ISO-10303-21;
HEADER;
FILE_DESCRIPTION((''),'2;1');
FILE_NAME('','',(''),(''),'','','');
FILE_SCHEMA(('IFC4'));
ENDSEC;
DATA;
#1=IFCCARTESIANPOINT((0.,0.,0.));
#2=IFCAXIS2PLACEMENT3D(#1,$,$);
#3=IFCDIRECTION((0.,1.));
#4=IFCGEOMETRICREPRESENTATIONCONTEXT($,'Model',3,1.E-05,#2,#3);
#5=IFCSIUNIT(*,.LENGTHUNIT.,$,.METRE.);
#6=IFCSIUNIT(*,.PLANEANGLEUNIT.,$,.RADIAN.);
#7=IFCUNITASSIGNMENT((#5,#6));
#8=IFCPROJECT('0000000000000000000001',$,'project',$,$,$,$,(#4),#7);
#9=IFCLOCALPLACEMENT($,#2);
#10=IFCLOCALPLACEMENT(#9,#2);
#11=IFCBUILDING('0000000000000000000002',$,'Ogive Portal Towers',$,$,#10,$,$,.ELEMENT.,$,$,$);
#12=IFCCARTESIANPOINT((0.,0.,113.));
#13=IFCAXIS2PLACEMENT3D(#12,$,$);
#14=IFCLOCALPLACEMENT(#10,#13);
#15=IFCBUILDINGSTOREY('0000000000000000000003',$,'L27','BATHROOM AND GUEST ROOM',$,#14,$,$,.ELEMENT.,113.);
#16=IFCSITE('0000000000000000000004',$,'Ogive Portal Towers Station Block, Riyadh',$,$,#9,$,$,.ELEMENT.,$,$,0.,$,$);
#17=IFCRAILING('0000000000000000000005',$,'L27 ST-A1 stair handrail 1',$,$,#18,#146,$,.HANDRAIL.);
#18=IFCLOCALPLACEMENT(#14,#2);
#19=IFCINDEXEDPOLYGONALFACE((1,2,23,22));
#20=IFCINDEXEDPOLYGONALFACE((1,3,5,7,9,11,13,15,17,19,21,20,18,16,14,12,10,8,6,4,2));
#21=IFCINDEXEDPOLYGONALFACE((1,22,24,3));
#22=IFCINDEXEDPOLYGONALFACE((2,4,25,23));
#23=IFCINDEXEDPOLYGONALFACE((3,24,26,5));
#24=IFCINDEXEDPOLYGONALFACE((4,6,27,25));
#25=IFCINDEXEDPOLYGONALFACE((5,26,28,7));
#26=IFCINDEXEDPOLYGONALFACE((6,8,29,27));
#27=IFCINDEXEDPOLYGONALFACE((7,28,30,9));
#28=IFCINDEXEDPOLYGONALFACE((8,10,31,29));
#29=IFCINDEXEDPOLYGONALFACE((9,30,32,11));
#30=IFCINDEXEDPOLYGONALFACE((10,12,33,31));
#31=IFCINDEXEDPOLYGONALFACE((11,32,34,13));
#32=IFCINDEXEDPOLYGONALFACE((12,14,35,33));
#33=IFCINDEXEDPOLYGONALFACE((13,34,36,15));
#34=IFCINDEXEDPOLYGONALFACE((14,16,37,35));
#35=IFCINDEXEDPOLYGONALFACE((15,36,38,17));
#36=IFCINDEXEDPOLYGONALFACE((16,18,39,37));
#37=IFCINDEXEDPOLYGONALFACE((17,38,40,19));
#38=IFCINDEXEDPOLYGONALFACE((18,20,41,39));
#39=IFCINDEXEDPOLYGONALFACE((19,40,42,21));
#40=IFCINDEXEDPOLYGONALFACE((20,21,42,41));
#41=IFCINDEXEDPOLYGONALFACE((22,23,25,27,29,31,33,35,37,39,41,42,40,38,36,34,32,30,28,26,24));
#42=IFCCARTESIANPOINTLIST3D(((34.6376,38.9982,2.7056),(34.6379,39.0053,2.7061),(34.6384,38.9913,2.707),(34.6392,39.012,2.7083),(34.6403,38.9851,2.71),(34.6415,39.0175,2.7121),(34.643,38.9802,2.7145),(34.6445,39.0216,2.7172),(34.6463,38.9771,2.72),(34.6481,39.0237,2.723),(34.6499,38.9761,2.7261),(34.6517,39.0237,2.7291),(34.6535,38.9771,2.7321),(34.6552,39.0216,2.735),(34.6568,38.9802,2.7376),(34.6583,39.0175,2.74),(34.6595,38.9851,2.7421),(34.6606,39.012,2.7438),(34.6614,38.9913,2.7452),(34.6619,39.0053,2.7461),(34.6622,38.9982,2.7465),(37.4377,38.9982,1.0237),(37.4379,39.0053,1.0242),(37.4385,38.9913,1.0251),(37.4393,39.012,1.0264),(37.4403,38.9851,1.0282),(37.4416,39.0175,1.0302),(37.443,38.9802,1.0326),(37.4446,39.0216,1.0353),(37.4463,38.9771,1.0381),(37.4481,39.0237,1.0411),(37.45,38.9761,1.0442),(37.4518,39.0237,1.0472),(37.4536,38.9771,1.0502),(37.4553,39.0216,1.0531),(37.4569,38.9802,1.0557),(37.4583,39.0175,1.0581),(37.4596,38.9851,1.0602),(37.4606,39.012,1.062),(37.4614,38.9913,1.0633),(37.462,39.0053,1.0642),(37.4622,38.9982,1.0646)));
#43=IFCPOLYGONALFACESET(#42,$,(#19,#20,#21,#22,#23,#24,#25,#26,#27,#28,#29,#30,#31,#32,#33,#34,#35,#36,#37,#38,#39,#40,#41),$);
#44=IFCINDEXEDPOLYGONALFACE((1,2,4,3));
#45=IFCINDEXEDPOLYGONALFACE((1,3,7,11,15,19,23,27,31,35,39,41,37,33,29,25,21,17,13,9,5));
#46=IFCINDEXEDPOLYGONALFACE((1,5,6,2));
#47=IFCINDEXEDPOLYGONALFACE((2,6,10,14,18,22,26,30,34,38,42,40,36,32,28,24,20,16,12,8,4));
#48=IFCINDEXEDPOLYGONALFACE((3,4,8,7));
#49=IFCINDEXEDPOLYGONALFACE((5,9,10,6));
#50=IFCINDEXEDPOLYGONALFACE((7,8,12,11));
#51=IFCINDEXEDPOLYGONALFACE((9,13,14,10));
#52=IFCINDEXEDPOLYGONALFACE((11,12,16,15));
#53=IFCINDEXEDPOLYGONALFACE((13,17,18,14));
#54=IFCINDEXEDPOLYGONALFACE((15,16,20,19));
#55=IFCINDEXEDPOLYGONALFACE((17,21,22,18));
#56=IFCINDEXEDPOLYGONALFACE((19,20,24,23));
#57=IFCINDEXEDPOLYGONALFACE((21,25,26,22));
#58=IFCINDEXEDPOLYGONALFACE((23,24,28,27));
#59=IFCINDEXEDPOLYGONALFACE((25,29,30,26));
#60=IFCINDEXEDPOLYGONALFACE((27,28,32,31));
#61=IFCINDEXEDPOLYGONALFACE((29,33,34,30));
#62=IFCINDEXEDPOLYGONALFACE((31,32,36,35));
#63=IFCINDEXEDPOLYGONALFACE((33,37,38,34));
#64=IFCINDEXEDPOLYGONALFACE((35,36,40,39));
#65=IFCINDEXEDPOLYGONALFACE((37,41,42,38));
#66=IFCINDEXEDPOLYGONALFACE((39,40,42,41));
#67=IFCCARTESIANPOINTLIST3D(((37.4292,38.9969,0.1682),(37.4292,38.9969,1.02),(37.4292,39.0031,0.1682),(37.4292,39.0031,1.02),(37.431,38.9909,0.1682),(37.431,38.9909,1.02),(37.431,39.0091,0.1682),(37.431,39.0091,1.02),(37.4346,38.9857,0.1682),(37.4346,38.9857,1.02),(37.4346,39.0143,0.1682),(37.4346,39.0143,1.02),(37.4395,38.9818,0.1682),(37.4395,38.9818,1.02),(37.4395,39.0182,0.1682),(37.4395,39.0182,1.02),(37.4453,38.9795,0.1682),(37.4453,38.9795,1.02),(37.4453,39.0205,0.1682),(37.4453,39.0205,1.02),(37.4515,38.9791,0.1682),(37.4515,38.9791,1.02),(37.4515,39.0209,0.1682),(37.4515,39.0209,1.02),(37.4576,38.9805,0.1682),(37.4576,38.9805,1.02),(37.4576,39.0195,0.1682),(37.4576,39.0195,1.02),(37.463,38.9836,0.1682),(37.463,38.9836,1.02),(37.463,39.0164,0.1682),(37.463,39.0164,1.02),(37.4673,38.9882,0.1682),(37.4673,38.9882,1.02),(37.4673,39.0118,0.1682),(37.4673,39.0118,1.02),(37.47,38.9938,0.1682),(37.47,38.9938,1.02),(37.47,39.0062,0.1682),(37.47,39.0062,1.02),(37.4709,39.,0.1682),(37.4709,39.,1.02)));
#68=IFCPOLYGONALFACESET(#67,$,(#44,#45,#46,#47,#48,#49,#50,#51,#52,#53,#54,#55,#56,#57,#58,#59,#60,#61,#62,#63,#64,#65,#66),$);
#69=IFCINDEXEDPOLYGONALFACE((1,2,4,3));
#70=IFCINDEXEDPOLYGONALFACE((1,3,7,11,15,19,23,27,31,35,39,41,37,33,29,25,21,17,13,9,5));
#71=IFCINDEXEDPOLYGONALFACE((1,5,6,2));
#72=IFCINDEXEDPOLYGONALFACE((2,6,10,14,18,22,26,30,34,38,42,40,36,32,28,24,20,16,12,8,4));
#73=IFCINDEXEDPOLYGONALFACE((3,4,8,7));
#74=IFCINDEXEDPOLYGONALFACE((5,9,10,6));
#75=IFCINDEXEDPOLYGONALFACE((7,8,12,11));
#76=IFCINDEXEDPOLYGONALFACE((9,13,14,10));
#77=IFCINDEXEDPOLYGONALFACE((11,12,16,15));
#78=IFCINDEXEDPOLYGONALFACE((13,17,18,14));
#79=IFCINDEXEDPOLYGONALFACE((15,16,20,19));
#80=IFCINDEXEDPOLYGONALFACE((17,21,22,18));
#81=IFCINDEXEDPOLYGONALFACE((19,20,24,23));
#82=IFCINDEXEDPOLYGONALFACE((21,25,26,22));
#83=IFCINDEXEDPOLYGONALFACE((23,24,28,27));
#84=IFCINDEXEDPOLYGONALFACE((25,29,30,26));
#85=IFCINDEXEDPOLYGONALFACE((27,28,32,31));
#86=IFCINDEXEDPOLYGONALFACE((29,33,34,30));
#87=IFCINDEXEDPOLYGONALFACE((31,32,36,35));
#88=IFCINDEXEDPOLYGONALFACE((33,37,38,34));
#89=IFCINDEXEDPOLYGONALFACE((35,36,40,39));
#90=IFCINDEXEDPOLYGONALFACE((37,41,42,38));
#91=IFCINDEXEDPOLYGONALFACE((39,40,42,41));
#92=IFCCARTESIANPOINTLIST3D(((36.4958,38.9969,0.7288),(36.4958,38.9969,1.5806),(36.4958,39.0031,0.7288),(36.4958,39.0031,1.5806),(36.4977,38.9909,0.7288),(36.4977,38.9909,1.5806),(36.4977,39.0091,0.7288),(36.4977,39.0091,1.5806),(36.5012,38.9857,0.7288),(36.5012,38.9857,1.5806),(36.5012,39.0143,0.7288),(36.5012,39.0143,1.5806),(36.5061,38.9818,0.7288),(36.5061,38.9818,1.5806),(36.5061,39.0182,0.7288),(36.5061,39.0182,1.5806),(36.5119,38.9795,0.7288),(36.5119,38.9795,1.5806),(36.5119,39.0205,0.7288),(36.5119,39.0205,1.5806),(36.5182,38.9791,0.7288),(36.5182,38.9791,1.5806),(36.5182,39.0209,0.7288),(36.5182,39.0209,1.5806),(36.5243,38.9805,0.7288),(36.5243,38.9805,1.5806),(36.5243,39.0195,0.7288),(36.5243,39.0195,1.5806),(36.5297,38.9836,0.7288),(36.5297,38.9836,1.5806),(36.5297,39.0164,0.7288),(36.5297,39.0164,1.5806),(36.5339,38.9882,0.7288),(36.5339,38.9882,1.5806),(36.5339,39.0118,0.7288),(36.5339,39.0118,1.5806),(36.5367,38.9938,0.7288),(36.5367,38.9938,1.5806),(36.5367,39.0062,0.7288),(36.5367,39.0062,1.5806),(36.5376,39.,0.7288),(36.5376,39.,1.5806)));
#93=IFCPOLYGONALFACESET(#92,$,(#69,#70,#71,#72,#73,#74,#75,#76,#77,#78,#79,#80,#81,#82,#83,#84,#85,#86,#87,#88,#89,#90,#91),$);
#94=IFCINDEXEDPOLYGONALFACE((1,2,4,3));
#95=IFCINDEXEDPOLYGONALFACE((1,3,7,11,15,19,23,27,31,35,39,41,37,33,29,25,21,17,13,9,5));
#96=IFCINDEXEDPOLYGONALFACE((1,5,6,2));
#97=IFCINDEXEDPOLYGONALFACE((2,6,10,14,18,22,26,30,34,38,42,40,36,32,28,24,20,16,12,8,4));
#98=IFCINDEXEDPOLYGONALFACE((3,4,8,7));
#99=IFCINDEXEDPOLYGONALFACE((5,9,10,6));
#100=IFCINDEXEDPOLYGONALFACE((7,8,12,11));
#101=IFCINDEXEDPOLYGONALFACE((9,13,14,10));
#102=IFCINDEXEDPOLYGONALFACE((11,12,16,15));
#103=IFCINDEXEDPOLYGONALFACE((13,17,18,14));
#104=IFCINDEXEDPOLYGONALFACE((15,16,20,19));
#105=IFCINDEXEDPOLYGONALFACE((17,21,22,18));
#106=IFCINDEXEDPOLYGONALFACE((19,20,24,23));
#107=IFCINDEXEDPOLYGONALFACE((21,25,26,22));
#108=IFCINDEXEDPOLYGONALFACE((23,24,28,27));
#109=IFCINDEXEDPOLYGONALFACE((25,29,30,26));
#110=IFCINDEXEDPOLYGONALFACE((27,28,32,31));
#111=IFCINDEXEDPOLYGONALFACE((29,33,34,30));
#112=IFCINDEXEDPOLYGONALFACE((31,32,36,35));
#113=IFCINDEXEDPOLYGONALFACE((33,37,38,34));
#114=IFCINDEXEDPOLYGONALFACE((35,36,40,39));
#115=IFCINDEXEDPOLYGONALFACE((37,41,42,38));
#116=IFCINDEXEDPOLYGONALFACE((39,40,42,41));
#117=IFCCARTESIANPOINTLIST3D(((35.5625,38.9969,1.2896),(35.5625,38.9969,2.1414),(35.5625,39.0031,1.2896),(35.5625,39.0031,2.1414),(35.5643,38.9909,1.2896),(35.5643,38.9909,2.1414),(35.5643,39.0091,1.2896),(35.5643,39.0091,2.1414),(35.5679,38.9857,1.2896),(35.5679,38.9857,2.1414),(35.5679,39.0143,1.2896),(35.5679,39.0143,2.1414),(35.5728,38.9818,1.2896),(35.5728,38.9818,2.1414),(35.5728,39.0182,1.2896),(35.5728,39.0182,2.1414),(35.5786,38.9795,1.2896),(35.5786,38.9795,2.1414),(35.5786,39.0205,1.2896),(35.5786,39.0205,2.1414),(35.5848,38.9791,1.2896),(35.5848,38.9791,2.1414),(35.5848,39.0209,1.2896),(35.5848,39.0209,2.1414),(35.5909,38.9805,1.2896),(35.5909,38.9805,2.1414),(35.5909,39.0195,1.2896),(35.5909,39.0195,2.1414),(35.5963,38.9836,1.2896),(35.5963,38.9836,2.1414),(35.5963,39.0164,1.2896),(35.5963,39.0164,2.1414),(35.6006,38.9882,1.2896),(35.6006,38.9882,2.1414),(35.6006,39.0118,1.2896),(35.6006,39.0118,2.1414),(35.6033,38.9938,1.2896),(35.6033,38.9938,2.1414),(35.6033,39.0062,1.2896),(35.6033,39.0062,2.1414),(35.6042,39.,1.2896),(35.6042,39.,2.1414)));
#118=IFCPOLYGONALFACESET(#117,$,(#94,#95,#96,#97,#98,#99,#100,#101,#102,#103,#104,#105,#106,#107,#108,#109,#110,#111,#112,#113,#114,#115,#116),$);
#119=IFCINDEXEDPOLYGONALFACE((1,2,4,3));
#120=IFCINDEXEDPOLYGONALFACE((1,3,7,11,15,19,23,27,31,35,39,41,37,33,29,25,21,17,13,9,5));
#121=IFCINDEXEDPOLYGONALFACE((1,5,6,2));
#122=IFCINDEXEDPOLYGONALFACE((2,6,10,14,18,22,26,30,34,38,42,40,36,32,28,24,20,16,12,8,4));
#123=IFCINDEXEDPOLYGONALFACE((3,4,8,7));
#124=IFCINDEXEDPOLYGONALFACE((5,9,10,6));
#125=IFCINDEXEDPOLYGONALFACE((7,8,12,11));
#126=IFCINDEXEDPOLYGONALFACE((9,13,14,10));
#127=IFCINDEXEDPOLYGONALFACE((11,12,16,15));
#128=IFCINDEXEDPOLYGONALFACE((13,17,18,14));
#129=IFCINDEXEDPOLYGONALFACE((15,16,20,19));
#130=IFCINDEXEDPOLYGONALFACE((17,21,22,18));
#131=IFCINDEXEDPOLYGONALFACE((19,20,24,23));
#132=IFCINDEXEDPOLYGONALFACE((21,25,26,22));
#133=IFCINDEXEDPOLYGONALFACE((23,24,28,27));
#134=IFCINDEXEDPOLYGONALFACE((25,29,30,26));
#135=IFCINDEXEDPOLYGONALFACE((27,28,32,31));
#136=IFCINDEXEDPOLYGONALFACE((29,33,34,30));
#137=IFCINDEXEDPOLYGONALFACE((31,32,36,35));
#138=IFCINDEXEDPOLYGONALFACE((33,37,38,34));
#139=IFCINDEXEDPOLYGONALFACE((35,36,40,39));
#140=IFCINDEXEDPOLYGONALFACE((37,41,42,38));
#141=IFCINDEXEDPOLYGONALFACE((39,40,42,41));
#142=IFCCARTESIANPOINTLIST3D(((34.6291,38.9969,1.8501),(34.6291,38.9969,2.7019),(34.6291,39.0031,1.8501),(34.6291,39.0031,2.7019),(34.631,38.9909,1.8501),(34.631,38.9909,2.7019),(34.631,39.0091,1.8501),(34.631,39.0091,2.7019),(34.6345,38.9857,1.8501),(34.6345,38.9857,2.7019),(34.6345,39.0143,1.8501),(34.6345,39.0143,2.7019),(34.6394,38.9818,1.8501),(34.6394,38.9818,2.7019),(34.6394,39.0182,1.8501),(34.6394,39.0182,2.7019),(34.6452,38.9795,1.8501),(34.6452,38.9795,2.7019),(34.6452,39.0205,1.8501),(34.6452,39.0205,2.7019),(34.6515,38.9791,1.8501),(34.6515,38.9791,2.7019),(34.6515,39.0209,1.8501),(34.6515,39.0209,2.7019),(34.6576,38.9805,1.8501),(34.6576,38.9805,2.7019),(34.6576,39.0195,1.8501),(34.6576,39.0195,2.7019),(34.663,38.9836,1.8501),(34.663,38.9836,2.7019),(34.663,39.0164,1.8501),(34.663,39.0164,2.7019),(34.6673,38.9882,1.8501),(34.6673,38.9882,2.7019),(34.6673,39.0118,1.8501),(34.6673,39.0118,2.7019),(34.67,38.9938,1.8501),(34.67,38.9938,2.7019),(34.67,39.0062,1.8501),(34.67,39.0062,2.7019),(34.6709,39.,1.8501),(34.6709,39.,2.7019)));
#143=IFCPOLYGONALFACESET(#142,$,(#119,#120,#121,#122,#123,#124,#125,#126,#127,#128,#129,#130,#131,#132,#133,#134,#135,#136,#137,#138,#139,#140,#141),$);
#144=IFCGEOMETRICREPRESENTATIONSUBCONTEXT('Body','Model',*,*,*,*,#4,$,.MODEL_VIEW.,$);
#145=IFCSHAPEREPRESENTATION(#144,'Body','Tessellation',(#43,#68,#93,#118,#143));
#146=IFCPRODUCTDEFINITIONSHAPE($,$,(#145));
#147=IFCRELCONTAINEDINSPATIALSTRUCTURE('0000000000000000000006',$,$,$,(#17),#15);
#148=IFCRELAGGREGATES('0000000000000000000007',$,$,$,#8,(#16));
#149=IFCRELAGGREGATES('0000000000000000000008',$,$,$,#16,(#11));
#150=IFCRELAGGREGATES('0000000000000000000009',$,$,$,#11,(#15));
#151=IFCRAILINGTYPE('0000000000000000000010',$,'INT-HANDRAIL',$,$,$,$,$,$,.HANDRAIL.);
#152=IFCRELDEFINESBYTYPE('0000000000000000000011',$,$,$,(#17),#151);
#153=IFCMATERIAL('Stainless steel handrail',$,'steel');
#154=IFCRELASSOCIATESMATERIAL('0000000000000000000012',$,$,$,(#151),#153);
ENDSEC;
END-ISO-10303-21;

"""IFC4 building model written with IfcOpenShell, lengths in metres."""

from ifc_helpers import new_model, si_unit, direction, frame, origin, origin_2d, place, context, subcontext, project, spatial, circle, extrude, material, type_object, element, save


model = new_model("IFC4")

# Units and contexts
model_context = context("Model", 3, precision=1e-05, world=origin(), true_north=direction((0.0, 1.0)))
body_context = subcontext(model_context, "Body", "Model", "MODEL_VIEW")
ifc_project = project(units=[si_unit("LENGTHUNIT", "METRE"), si_unit("PLANEANGLEUNIT", "RADIAN")], contexts=[model_context])

# Site, building, storey
site_placement = place(None, origin())
site = spatial("IfcSite", under=ifc_project, at=site_placement, Name="Ogive Portal Towers Station Block, Riyadh", CompositionType="ELEMENT", RefElevation=0.0)
building_placement = place(site_placement, origin())
building = spatial("IfcBuilding", under=site, at=building_placement, Name="Ogive Portal Towers", CompositionType="ELEMENT")
storey_placement = place(building_placement, frame((0.0, 0.0, 113.0)))
storey = spatial("IfcBuildingStorey", under=building, at=storey_placement, Name="L27", Description="BATHROOM AND GUEST ROOM", CompositionType="ELEMENT", Elevation=113.0)

# Railing
ifc_material_1 = material(Name="Stainless steel handrail", Category="steel")
railing_type_1 = type_object("IfcRailingType", Name="INT-HANDRAIL", PredefinedType="HANDRAIL", material=ifc_material_1)
railing_1_placement = place(storey_placement, frame((37.45, 39.0, 0.1682)))
element("IfcRailing", 1, at=railing_1_placement, inside=storey, type_object=railing_type_1, Name="L27 ST-A1 stair handrail 1", PredefinedType="HANDRAIL", context=body_context, shape_type="SweptSolid", body=[
    extrude(circle(Radius=0.0239, at=origin_2d()), frame((0.0, 0.0, 0.876), z_axis=(-0.857242, 0.0, 0.514913), x_axis=(0.0, -1.0, 0.0)), (0.0, 0.0, 1.0), 3.2664),
    extrude(circle(Radius=0.021, at=origin_2d()), origin(), (0.0, 0.0, 1.0), 0.8518),
    extrude(circle(Radius=0.021, at=origin_2d()), frame((-0.9333, 0.0, 0.5605)), (0.0, 0.0, 1.0), 0.8518),
    extrude(circle(Radius=0.021, at=origin_2d()), frame((-1.8667, 0.0, 1.1213)), (0.0, 0.0, 1.0), 0.8518),
    extrude(circle(Radius=0.021, at=origin_2d()), frame((-2.8, 0.0, 1.6819)), (0.0, 0.0, 1.0), 0.8518),
])

save(model, "model.ifc")
